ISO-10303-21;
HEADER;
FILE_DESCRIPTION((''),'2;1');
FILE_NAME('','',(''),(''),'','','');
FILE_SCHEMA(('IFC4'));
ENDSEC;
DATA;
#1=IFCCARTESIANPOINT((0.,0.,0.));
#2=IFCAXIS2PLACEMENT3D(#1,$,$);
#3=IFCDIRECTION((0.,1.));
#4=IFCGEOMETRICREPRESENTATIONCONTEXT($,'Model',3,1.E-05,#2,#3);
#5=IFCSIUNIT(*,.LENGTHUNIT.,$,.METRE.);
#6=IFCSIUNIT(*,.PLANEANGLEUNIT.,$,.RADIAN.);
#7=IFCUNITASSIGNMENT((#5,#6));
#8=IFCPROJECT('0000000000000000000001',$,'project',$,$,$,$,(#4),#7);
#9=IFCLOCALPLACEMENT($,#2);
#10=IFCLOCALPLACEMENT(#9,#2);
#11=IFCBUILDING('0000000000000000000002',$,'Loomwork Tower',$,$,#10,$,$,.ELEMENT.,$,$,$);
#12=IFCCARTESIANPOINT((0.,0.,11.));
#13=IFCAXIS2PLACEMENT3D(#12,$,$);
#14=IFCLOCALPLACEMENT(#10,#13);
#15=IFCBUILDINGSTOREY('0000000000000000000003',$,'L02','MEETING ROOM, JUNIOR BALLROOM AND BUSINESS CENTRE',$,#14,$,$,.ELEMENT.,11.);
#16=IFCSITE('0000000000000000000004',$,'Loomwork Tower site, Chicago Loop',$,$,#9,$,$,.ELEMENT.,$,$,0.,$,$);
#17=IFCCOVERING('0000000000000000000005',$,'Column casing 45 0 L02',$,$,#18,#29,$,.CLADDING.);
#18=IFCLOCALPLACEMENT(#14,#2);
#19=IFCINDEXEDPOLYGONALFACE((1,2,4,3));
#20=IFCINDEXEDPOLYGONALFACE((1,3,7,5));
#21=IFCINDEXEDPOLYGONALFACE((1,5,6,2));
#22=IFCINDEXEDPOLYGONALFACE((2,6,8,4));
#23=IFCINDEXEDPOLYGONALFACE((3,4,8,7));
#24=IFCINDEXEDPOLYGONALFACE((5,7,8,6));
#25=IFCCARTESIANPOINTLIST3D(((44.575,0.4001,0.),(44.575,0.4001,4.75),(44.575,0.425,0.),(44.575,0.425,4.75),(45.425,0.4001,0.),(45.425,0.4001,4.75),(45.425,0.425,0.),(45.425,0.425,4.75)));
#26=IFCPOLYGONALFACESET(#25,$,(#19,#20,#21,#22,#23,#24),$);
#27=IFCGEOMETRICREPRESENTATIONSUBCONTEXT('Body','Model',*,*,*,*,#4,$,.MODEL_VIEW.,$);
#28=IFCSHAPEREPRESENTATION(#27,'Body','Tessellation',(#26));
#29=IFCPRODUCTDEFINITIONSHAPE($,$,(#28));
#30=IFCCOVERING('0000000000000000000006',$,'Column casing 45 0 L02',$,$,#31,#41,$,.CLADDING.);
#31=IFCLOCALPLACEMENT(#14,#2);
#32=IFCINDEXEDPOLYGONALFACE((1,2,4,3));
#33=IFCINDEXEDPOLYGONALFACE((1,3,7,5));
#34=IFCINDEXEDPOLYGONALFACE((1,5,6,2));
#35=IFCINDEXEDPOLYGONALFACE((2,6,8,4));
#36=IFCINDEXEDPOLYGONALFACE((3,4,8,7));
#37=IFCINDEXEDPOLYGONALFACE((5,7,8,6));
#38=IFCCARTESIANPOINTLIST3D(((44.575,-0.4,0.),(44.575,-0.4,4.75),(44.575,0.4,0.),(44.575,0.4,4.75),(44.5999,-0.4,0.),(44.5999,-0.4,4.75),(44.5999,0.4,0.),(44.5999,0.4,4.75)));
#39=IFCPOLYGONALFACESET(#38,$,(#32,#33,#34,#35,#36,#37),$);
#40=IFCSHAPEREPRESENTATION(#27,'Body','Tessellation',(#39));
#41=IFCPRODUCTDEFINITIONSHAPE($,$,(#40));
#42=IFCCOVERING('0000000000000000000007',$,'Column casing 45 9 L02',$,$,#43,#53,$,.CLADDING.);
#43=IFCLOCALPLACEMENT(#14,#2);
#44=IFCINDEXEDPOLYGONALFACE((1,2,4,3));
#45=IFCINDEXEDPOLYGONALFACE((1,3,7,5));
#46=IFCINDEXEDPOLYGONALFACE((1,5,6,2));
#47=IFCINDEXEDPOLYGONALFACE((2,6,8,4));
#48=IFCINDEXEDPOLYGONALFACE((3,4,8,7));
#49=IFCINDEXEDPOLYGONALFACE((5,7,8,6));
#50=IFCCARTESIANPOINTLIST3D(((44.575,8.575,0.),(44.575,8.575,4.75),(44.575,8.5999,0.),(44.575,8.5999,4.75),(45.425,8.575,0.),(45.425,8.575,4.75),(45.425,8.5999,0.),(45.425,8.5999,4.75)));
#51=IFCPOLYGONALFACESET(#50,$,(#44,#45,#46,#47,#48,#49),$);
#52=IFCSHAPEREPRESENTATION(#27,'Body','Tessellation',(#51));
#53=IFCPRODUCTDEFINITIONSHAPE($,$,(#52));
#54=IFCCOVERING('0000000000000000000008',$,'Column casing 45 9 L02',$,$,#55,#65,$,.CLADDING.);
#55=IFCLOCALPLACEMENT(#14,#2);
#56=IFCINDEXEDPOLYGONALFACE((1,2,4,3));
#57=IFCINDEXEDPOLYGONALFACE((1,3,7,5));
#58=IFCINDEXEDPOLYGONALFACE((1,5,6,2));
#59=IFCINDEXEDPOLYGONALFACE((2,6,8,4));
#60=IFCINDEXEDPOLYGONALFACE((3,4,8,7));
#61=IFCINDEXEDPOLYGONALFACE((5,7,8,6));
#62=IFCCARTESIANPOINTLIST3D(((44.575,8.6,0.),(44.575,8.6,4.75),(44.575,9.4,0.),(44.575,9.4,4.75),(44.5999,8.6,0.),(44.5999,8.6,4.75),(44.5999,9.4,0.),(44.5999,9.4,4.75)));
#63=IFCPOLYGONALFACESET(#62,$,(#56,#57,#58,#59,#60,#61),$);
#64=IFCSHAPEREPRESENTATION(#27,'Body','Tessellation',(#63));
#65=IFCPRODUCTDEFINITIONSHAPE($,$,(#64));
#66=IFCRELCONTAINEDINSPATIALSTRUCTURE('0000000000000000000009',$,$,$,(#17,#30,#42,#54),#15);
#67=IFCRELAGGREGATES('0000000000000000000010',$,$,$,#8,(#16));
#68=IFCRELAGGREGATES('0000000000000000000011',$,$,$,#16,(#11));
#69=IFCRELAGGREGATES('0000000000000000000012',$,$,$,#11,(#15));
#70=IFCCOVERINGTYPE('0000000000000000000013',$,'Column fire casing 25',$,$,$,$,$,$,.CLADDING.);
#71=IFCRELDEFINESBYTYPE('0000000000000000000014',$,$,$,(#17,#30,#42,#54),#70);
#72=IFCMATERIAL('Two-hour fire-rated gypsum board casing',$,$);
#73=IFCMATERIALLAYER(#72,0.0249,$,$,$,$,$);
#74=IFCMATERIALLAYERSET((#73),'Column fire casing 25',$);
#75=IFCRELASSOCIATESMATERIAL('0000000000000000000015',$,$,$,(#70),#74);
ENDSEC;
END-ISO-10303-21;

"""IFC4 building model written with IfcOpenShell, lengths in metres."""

from ifc_helpers import new_model, si_unit, direction, frame, origin, origin_2d, place, context, subcontext, project, spatial, rectangle, extrude, material, layer, layer_set, type_object, element, save


model = new_model("IFC4")

# Units and contexts
model_context = context("Model", 3, precision=1e-05, world=origin(), true_north=direction((0.0, 1.0)))
body_context = subcontext(model_context, "Body", "Model", "MODEL_VIEW")
ifc_project = project(units=[si_unit("LENGTHUNIT", "METRE"), si_unit("PLANEANGLEUNIT", "RADIAN")], contexts=[model_context])

# Site, building, storey
site_placement = place(None, origin())
site = spatial("IfcSite", under=ifc_project, at=site_placement, Name="Loomwork Tower site, Chicago Loop", CompositionType="ELEMENT", RefElevation=0.0)
building_placement = place(site_placement, origin())
building = spatial("IfcBuilding", under=site, at=building_placement, Name="Loomwork Tower", CompositionType="ELEMENT")
storey_placement = place(building_placement, frame((0.0, 0.0, 11.0)))
storey = spatial("IfcBuildingStorey", under=building, at=storey_placement, Name="L02", Description="MEETING ROOM, JUNIOR BALLROOM AND BUSINESS CENTRE", CompositionType="ELEMENT", Elevation=11.0)

# Coverings
ifc_material_1 = material(Name="Two-hour fire-rated gypsum board casing")
ifc_layer_1 = layer(ifc_material_1, 0.0249)
ifc_layer_set_1 = layer_set([ifc_layer_1], Name="Column fire casing 25")
covering_type = type_object("IfcCoveringType", Name="Column fire casing 25", PredefinedType="CLADDING", material=ifc_layer_set_1)
covering_1_placement = place(storey_placement, frame((45.0, 0.4126, 0.0), z_axis=(0.0, 0.0, 1.0), x_axis=(1.0, 0.0, 0.0)))
element("IfcCovering", 1, at=covering_1_placement, inside=storey, type_object=covering_type, Name="Column casing 45 0 L02", PredefinedType="CLADDING", context=body_context, shape_type="SweptSolid", body=[
    extrude(rectangle(XDim=0.8501, YDim=0.0249, at=origin_2d()), origin(), (0.0, 0.0, 1.0), 4.75),
])
covering_2_placement = place(storey_placement, frame((44.5874, 0.0, 0.0), z_axis=(0.0, 0.0, 1.0), x_axis=(1.0, 0.0, 0.0)))
element("IfcCovering", 2, at=covering_2_placement, inside=storey, type_object=covering_type, Name="Column casing 45 0 L02", PredefinedType="CLADDING", context=body_context, shape_type="SweptSolid", body=[
    extrude(rectangle(XDim=0.0249, YDim=0.8, at=origin_2d()), origin(), (0.0, 0.0, 1.0), 4.75),
])
covering_3_placement = place(storey_placement, frame((45.0, 8.5874, 0.0), z_axis=(0.0, 0.0, 1.0), x_axis=(1.0, 0.0, 0.0)))
element("IfcCovering", 3, at=covering_3_placement, inside=storey, type_object=covering_type, Name="Column casing 45 9 L02", PredefinedType="CLADDING", context=body_context, shape_type="SweptSolid", body=[
    extrude(rectangle(XDim=0.8501, YDim=0.0249, at=origin_2d()), origin(), (0.0, 0.0, 1.0), 4.75),
])
covering_4_placement = place(storey_placement, frame((44.5874, 9.0, 0.0), z_axis=(0.0, 0.0, 1.0), x_axis=(1.0, 0.0, 0.0)))
element("IfcCovering", 4, at=covering_4_placement, inside=storey, type_object=covering_type, Name="Column casing 45 9 L02", PredefinedType="CLADDING", context=body_context, shape_type="SweptSolid", body=[
    extrude(rectangle(XDim=0.0249, YDim=0.8, at=origin_2d()), origin(), (0.0, 0.0, 1.0), 4.75),
])

save(model, "model.ifc")
